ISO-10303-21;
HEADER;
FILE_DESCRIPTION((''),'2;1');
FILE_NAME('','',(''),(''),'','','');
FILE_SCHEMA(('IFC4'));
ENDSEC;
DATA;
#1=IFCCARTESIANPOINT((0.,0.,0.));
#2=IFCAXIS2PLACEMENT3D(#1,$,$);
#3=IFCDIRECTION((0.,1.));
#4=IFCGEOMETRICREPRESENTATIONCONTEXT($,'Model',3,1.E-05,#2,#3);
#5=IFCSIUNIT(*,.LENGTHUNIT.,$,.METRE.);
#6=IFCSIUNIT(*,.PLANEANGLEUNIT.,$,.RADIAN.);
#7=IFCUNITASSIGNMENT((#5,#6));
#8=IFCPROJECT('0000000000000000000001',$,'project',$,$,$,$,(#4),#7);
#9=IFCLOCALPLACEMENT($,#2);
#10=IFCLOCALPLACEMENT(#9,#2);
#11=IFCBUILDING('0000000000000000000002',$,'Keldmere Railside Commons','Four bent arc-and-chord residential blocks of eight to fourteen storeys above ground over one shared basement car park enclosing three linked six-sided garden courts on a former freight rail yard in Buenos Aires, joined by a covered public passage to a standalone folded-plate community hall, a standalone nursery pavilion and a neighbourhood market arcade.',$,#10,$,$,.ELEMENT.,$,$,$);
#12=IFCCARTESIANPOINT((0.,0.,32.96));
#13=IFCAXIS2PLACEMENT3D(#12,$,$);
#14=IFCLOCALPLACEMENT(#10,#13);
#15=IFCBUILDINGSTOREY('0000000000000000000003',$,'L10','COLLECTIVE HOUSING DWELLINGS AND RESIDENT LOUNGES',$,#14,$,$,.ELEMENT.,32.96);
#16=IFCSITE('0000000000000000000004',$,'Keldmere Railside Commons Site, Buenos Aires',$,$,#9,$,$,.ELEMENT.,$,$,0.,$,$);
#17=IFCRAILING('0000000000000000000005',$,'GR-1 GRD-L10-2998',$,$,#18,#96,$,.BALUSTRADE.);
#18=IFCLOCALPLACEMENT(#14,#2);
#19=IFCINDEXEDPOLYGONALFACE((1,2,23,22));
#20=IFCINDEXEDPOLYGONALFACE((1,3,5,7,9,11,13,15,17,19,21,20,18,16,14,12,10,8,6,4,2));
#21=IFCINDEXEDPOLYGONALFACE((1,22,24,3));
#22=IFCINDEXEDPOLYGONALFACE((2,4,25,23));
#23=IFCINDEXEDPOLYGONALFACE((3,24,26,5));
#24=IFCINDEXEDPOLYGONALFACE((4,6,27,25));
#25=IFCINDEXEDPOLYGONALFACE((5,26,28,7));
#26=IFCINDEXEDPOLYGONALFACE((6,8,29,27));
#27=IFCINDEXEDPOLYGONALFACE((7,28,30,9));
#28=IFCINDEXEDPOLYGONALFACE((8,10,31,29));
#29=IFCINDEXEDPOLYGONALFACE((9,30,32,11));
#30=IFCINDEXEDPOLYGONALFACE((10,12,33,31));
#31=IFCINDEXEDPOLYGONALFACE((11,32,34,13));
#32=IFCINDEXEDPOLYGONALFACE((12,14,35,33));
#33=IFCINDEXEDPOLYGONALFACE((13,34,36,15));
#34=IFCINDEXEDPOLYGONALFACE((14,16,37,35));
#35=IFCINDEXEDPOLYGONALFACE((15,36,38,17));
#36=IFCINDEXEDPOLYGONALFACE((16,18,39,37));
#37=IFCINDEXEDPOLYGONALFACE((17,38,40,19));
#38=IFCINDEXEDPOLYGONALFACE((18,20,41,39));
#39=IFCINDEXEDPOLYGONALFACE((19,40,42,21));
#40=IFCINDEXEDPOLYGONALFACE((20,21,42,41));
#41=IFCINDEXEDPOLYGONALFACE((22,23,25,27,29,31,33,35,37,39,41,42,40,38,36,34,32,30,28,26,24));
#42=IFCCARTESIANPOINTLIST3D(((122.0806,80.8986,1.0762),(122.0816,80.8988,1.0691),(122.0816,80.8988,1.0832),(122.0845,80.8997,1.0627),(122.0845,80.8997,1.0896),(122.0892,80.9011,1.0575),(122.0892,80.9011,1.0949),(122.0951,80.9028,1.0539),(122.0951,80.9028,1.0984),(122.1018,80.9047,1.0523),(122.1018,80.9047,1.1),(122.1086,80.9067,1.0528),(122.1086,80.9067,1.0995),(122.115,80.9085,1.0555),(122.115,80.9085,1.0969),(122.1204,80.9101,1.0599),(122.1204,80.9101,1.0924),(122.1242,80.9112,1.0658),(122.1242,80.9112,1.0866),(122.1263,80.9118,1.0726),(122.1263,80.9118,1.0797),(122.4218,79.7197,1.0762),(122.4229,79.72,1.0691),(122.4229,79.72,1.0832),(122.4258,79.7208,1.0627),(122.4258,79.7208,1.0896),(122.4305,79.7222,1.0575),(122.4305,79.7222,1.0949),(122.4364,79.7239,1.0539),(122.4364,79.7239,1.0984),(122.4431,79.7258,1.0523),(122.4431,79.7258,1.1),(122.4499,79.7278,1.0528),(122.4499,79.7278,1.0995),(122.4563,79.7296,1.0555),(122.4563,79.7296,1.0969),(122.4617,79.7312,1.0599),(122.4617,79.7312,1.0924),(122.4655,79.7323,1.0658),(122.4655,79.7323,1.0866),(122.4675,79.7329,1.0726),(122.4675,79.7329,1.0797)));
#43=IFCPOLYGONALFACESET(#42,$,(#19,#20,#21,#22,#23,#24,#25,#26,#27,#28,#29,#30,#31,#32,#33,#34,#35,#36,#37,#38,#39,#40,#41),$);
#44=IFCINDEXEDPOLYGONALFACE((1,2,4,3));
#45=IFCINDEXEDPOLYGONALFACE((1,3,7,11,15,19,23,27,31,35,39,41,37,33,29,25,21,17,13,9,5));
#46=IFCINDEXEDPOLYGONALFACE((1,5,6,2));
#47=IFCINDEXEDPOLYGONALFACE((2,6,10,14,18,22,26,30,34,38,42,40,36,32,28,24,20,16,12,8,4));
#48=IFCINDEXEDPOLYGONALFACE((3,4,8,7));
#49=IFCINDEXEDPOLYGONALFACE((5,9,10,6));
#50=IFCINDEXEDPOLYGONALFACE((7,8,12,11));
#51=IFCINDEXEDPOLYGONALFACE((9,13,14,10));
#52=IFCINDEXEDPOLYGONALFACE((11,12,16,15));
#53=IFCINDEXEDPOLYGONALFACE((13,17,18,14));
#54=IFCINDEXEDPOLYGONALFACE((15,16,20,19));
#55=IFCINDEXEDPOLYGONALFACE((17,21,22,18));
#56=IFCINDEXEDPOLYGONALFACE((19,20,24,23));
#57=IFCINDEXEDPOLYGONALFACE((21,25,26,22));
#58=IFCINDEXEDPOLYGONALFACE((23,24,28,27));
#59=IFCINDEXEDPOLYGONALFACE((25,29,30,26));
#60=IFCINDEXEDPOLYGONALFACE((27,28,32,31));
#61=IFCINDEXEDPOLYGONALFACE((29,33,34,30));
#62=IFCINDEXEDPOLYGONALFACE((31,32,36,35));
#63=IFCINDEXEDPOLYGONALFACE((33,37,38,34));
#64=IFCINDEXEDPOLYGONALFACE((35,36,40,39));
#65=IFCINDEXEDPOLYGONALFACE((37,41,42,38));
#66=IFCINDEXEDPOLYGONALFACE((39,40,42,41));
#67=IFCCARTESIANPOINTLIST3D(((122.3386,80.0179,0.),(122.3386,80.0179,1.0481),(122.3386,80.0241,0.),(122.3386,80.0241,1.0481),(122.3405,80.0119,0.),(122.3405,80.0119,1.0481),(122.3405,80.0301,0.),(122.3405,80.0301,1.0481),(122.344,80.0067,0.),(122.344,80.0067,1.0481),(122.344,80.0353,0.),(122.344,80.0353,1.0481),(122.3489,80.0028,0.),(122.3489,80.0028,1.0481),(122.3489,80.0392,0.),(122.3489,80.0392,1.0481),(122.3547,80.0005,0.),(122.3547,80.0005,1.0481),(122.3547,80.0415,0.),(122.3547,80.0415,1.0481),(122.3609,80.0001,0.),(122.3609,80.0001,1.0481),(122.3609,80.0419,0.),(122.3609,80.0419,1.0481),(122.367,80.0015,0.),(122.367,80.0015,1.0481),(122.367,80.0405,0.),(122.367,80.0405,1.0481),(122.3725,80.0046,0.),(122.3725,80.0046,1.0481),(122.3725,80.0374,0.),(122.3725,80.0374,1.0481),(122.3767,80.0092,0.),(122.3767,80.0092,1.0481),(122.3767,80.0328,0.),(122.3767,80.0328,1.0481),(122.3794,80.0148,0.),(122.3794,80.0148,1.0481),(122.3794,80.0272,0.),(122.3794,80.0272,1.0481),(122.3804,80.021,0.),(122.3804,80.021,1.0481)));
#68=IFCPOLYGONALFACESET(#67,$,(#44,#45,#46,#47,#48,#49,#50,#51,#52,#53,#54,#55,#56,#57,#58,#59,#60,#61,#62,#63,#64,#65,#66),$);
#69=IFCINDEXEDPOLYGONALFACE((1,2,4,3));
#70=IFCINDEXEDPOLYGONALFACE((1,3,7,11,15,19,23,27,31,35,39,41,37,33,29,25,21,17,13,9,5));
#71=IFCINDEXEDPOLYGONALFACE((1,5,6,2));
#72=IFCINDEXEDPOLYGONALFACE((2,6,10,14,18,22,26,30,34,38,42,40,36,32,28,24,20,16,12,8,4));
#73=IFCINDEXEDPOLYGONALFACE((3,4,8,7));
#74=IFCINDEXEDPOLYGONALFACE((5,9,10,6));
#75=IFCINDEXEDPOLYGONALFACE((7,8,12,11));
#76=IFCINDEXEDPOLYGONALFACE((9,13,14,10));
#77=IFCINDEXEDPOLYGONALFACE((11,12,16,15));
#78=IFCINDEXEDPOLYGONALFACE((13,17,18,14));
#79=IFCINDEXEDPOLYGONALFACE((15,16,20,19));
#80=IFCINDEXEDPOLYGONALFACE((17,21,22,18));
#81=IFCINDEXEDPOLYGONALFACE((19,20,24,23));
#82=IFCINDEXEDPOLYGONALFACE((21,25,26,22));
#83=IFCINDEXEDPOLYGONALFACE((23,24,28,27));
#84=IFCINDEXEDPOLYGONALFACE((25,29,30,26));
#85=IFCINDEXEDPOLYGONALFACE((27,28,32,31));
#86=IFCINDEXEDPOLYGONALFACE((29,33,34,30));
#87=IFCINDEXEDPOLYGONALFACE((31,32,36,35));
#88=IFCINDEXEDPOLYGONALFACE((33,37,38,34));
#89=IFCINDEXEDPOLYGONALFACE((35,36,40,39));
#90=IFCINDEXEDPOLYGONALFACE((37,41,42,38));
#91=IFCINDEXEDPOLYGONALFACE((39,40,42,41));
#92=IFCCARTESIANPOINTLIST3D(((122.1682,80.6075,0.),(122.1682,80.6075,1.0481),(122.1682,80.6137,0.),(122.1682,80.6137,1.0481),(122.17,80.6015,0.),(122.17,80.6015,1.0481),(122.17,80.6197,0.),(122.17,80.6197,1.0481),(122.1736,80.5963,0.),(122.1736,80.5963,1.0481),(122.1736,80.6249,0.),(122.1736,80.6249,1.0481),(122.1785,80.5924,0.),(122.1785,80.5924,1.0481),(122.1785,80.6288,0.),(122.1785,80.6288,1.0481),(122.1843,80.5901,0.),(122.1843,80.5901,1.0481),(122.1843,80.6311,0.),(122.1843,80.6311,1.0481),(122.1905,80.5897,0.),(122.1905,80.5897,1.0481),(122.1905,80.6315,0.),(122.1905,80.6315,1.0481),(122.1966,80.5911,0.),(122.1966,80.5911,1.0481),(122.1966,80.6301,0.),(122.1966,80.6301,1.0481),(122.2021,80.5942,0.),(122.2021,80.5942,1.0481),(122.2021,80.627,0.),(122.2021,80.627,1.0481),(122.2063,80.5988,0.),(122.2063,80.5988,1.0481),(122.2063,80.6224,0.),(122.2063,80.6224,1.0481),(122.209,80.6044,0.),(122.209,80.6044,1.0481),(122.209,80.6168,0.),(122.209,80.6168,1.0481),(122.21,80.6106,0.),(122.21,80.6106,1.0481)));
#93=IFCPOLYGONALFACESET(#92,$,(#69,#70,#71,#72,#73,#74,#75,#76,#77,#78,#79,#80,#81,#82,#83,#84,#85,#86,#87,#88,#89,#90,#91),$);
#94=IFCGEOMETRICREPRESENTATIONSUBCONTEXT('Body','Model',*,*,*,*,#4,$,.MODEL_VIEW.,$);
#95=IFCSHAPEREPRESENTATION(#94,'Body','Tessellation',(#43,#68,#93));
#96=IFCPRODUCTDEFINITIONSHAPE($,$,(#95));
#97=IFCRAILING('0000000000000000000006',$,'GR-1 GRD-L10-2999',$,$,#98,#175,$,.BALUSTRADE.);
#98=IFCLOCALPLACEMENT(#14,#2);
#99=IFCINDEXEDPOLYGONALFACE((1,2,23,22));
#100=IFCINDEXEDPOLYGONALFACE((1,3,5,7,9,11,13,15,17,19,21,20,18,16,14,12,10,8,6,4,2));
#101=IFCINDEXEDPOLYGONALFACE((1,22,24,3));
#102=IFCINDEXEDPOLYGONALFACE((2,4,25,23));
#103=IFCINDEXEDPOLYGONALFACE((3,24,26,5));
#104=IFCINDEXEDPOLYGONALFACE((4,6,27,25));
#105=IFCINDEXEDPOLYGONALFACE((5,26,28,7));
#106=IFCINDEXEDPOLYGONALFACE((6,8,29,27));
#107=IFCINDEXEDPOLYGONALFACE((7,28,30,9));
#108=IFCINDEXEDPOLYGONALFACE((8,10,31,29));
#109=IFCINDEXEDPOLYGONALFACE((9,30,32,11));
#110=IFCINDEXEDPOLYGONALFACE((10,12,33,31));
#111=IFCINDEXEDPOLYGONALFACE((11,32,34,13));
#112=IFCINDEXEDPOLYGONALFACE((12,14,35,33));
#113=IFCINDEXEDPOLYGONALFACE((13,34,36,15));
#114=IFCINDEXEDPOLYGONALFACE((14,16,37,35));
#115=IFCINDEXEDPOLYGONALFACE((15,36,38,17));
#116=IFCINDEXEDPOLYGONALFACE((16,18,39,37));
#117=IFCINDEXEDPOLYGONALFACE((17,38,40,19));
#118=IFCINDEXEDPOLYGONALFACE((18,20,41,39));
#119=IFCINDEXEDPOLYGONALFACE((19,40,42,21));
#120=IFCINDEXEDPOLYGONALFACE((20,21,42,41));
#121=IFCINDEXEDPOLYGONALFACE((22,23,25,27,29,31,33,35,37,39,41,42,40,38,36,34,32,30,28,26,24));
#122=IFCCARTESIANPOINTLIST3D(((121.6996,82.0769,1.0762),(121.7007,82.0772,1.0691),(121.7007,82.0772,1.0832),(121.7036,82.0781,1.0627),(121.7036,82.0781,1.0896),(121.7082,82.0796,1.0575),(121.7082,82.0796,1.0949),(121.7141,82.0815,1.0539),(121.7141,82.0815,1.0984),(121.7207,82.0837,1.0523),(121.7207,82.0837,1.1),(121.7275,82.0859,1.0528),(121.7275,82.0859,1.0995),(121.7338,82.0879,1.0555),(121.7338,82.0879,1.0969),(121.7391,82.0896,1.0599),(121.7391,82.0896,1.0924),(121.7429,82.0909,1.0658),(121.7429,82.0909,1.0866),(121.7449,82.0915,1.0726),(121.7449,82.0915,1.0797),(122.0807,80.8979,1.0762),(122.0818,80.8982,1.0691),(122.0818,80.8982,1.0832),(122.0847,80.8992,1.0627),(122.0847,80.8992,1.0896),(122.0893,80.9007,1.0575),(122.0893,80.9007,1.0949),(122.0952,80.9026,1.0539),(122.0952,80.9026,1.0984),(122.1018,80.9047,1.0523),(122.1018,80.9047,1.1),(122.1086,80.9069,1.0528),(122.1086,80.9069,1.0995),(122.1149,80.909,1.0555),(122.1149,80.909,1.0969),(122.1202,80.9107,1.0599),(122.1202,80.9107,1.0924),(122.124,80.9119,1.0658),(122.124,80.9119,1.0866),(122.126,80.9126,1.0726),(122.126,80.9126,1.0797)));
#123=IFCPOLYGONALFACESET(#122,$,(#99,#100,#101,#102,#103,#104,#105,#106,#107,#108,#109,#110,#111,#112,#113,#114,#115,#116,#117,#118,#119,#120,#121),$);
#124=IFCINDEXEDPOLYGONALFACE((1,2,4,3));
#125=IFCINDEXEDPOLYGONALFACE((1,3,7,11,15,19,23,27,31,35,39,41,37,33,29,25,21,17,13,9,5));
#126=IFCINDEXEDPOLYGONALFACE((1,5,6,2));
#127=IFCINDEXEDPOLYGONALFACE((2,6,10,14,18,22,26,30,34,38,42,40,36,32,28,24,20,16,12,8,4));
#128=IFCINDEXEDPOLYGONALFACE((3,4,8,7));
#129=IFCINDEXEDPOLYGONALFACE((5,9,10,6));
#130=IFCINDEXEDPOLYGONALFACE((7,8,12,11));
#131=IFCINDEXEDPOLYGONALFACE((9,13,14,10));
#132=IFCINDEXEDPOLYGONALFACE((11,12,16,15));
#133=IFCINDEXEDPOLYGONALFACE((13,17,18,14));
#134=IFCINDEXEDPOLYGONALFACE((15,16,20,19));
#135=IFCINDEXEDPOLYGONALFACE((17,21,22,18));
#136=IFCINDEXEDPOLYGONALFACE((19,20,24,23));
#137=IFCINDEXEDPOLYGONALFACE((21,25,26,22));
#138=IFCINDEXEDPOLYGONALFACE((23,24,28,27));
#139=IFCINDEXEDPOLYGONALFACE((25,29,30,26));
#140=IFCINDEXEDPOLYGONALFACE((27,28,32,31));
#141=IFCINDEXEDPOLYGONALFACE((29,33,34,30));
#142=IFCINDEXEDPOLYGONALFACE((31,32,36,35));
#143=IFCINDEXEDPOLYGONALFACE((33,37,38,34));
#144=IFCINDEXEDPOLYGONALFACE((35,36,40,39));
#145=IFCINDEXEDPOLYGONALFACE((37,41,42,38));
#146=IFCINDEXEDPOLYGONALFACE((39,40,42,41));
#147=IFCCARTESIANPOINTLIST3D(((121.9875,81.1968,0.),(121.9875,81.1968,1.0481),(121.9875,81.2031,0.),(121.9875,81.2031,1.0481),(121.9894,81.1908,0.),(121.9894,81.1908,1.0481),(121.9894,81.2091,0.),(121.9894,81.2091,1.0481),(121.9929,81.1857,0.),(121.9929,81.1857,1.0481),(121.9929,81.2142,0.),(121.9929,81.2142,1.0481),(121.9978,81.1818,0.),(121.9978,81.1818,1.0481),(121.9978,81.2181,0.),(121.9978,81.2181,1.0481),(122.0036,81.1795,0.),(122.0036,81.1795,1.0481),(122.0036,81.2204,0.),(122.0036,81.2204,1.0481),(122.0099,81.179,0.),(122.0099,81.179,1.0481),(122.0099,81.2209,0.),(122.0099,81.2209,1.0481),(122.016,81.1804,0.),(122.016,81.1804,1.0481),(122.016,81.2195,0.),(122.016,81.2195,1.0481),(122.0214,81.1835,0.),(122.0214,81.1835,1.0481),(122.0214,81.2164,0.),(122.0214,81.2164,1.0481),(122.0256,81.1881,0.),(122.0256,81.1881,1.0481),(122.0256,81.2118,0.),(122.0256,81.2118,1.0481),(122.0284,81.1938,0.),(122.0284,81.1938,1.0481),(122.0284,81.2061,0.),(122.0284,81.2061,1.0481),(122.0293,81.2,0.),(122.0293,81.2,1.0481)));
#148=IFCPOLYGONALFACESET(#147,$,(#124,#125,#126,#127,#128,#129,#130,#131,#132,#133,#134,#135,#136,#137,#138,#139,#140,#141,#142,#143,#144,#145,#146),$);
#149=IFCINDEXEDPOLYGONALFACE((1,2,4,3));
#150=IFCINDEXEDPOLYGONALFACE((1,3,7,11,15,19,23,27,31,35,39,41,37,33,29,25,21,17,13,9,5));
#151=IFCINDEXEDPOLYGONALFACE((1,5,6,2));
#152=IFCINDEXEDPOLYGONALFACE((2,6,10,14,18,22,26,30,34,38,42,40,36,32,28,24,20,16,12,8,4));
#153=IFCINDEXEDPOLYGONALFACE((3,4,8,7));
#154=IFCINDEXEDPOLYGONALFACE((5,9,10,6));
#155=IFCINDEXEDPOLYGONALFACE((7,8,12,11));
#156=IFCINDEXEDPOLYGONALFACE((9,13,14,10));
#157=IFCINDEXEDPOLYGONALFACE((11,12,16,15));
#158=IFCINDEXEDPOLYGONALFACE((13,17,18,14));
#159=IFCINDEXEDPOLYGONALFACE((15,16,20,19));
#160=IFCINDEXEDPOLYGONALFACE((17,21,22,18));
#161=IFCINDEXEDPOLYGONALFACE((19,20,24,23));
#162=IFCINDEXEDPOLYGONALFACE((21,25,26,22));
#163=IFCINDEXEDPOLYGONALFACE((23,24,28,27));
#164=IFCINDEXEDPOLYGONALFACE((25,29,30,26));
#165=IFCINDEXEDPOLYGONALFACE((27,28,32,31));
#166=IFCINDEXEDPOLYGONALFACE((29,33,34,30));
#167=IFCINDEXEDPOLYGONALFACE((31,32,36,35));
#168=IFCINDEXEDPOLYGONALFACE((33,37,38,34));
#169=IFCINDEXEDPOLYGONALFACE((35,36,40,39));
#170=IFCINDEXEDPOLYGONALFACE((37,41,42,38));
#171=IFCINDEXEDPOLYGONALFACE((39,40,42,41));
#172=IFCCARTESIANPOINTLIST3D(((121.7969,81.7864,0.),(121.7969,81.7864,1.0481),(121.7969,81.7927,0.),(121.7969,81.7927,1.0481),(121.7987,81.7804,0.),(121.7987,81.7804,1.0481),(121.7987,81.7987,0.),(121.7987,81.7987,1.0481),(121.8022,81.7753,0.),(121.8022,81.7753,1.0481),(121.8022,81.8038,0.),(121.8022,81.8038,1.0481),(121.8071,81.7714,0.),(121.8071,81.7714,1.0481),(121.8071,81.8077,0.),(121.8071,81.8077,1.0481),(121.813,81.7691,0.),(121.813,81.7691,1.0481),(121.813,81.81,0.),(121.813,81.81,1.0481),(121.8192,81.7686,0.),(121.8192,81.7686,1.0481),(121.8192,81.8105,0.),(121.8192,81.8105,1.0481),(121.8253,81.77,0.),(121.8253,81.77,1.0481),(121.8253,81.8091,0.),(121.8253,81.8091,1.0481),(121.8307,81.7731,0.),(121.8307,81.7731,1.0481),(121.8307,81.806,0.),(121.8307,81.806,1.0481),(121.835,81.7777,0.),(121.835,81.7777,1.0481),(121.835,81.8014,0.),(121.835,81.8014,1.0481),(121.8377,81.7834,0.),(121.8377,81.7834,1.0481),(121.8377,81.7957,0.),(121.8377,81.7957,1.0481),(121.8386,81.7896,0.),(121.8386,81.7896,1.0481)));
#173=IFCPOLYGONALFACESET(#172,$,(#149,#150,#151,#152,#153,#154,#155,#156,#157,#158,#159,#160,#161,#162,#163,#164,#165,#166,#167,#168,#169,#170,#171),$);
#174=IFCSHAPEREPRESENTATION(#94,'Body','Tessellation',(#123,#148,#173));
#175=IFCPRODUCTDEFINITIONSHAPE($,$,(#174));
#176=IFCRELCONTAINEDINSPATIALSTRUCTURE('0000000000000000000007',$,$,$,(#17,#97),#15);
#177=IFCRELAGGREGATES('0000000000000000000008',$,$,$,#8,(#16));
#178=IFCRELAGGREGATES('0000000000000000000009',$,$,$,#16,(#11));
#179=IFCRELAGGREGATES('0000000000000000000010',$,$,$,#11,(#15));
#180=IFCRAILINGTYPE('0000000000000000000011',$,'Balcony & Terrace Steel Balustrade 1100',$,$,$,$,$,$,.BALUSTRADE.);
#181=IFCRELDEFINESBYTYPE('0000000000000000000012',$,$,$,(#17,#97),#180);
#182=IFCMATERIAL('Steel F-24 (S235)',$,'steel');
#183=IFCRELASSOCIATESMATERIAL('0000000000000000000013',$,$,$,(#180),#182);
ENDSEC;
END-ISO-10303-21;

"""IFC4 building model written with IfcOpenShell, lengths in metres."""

from ifc_helpers import new_model, si_unit, direction, frame, origin, origin_2d, place, context, subcontext, project, spatial, circle, extrude, material, type_object, element, save


model = new_model("IFC4")

# Units and contexts
model_context = context("Model", 3, precision=1e-05, world=origin(), true_north=direction((0.0, 1.0)))
body_context = subcontext(model_context, "Body", "Model", "MODEL_VIEW")
ifc_project = project(units=[si_unit("LENGTHUNIT", "METRE"), si_unit("PLANEANGLEUNIT", "RADIAN")], contexts=[model_context])

# Site, building, storey
site_placement = place(None, origin())
site = spatial("IfcSite", under=ifc_project, at=site_placement, Name="Keldmere Railside Commons Site, Buenos Aires", CompositionType="ELEMENT", RefElevation=0.0)
building_placement = place(site_placement, origin())
building = spatial("IfcBuilding", under=site, at=building_placement, Name="Keldmere Railside Commons", Description="Four bent arc-and-chord residential blocks of eight to fourteen storeys above ground over one shared basement car park enclosing three linked six-sided garden courts on a former freight rail yard in Buenos Aires, joined by a covered public passage to a standalone folded-plate community hall, a standalone nursery pavilion and a neighbourhood market arcade.", CompositionType="ELEMENT")
storey_placement = place(building_placement, frame((0.0, 0.0, 32.96)))
storey = spatial("IfcBuildingStorey", under=building, at=storey_placement, Name="L10", Description="COLLECTIVE HOUSING DWELLINGS AND RESIDENT LOUNGES", CompositionType="ELEMENT", Elevation=32.96)

# Railings
ifc_material_1 = material(Name="Steel F-24 (S235)", Category="steel")
railing_type = type_object("IfcRailingType", Name="Balcony & Terrace Steel Balustrade 1100", PredefinedType="BALUSTRADE", material=ifc_material_1)
railing_1_placement = place(storey_placement, frame((122.4448, 79.7263, 0.0)))
element("IfcRailing", 1, at=railing_1_placement, inside=storey, type_object=railing_type, Name="GR-1 GRD-L10-2998", PredefinedType="BALUSTRADE", context=body_context, shape_type="SweptSolid", body=[
    extrude(circle(Radius=0.0239, at=origin_2d()), frame((0.0, 0.0, 1.0762), z_axis=(-0.278082, 0.960557, 0.0), x_axis=(-0.960557, -0.278082, 0.0)), (0.0, 0.0, 1.0), 1.2273),
    extrude(circle(Radius=0.021, at=origin_2d()), frame((-0.0854, 0.2947, 0.0)), (0.0, 0.0, 1.0), 1.0481),
    extrude(circle(Radius=0.021, at=origin_2d()), frame((-0.2559, 0.8843, 0.0)), (0.0, 0.0, 1.0), 1.0481),
])
railing_2_placement = place(storey_placement, frame((122.1035, 80.9053, 0.0)))
element("IfcRailing", 2, at=railing_2_placement, inside=storey, type_object=railing_type, Name="GR-1 GRD-L10-2999", PredefinedType="BALUSTRADE", context=body_context, shape_type="SweptSolid", body=[
    extrude(circle(Radius=0.0239, at=origin_2d()), frame((0.0, 0.0, 1.0762), z_axis=(-0.307584, 0.951521, 0.0), x_axis=(-0.951521, -0.307584, 0.0)), (0.0, 0.0, 1.0), 1.239),
    extrude(circle(Radius=0.021, at=origin_2d()), frame((-0.0952, 0.2947, 0.0)), (0.0, 0.0, 1.0), 1.0481),
    extrude(circle(Radius=0.021, at=origin_2d()), frame((-0.2859, 0.8843, 0.0)), (0.0, 0.0, 1.0), 1.0481),
])

save(model, "model.ifc")
